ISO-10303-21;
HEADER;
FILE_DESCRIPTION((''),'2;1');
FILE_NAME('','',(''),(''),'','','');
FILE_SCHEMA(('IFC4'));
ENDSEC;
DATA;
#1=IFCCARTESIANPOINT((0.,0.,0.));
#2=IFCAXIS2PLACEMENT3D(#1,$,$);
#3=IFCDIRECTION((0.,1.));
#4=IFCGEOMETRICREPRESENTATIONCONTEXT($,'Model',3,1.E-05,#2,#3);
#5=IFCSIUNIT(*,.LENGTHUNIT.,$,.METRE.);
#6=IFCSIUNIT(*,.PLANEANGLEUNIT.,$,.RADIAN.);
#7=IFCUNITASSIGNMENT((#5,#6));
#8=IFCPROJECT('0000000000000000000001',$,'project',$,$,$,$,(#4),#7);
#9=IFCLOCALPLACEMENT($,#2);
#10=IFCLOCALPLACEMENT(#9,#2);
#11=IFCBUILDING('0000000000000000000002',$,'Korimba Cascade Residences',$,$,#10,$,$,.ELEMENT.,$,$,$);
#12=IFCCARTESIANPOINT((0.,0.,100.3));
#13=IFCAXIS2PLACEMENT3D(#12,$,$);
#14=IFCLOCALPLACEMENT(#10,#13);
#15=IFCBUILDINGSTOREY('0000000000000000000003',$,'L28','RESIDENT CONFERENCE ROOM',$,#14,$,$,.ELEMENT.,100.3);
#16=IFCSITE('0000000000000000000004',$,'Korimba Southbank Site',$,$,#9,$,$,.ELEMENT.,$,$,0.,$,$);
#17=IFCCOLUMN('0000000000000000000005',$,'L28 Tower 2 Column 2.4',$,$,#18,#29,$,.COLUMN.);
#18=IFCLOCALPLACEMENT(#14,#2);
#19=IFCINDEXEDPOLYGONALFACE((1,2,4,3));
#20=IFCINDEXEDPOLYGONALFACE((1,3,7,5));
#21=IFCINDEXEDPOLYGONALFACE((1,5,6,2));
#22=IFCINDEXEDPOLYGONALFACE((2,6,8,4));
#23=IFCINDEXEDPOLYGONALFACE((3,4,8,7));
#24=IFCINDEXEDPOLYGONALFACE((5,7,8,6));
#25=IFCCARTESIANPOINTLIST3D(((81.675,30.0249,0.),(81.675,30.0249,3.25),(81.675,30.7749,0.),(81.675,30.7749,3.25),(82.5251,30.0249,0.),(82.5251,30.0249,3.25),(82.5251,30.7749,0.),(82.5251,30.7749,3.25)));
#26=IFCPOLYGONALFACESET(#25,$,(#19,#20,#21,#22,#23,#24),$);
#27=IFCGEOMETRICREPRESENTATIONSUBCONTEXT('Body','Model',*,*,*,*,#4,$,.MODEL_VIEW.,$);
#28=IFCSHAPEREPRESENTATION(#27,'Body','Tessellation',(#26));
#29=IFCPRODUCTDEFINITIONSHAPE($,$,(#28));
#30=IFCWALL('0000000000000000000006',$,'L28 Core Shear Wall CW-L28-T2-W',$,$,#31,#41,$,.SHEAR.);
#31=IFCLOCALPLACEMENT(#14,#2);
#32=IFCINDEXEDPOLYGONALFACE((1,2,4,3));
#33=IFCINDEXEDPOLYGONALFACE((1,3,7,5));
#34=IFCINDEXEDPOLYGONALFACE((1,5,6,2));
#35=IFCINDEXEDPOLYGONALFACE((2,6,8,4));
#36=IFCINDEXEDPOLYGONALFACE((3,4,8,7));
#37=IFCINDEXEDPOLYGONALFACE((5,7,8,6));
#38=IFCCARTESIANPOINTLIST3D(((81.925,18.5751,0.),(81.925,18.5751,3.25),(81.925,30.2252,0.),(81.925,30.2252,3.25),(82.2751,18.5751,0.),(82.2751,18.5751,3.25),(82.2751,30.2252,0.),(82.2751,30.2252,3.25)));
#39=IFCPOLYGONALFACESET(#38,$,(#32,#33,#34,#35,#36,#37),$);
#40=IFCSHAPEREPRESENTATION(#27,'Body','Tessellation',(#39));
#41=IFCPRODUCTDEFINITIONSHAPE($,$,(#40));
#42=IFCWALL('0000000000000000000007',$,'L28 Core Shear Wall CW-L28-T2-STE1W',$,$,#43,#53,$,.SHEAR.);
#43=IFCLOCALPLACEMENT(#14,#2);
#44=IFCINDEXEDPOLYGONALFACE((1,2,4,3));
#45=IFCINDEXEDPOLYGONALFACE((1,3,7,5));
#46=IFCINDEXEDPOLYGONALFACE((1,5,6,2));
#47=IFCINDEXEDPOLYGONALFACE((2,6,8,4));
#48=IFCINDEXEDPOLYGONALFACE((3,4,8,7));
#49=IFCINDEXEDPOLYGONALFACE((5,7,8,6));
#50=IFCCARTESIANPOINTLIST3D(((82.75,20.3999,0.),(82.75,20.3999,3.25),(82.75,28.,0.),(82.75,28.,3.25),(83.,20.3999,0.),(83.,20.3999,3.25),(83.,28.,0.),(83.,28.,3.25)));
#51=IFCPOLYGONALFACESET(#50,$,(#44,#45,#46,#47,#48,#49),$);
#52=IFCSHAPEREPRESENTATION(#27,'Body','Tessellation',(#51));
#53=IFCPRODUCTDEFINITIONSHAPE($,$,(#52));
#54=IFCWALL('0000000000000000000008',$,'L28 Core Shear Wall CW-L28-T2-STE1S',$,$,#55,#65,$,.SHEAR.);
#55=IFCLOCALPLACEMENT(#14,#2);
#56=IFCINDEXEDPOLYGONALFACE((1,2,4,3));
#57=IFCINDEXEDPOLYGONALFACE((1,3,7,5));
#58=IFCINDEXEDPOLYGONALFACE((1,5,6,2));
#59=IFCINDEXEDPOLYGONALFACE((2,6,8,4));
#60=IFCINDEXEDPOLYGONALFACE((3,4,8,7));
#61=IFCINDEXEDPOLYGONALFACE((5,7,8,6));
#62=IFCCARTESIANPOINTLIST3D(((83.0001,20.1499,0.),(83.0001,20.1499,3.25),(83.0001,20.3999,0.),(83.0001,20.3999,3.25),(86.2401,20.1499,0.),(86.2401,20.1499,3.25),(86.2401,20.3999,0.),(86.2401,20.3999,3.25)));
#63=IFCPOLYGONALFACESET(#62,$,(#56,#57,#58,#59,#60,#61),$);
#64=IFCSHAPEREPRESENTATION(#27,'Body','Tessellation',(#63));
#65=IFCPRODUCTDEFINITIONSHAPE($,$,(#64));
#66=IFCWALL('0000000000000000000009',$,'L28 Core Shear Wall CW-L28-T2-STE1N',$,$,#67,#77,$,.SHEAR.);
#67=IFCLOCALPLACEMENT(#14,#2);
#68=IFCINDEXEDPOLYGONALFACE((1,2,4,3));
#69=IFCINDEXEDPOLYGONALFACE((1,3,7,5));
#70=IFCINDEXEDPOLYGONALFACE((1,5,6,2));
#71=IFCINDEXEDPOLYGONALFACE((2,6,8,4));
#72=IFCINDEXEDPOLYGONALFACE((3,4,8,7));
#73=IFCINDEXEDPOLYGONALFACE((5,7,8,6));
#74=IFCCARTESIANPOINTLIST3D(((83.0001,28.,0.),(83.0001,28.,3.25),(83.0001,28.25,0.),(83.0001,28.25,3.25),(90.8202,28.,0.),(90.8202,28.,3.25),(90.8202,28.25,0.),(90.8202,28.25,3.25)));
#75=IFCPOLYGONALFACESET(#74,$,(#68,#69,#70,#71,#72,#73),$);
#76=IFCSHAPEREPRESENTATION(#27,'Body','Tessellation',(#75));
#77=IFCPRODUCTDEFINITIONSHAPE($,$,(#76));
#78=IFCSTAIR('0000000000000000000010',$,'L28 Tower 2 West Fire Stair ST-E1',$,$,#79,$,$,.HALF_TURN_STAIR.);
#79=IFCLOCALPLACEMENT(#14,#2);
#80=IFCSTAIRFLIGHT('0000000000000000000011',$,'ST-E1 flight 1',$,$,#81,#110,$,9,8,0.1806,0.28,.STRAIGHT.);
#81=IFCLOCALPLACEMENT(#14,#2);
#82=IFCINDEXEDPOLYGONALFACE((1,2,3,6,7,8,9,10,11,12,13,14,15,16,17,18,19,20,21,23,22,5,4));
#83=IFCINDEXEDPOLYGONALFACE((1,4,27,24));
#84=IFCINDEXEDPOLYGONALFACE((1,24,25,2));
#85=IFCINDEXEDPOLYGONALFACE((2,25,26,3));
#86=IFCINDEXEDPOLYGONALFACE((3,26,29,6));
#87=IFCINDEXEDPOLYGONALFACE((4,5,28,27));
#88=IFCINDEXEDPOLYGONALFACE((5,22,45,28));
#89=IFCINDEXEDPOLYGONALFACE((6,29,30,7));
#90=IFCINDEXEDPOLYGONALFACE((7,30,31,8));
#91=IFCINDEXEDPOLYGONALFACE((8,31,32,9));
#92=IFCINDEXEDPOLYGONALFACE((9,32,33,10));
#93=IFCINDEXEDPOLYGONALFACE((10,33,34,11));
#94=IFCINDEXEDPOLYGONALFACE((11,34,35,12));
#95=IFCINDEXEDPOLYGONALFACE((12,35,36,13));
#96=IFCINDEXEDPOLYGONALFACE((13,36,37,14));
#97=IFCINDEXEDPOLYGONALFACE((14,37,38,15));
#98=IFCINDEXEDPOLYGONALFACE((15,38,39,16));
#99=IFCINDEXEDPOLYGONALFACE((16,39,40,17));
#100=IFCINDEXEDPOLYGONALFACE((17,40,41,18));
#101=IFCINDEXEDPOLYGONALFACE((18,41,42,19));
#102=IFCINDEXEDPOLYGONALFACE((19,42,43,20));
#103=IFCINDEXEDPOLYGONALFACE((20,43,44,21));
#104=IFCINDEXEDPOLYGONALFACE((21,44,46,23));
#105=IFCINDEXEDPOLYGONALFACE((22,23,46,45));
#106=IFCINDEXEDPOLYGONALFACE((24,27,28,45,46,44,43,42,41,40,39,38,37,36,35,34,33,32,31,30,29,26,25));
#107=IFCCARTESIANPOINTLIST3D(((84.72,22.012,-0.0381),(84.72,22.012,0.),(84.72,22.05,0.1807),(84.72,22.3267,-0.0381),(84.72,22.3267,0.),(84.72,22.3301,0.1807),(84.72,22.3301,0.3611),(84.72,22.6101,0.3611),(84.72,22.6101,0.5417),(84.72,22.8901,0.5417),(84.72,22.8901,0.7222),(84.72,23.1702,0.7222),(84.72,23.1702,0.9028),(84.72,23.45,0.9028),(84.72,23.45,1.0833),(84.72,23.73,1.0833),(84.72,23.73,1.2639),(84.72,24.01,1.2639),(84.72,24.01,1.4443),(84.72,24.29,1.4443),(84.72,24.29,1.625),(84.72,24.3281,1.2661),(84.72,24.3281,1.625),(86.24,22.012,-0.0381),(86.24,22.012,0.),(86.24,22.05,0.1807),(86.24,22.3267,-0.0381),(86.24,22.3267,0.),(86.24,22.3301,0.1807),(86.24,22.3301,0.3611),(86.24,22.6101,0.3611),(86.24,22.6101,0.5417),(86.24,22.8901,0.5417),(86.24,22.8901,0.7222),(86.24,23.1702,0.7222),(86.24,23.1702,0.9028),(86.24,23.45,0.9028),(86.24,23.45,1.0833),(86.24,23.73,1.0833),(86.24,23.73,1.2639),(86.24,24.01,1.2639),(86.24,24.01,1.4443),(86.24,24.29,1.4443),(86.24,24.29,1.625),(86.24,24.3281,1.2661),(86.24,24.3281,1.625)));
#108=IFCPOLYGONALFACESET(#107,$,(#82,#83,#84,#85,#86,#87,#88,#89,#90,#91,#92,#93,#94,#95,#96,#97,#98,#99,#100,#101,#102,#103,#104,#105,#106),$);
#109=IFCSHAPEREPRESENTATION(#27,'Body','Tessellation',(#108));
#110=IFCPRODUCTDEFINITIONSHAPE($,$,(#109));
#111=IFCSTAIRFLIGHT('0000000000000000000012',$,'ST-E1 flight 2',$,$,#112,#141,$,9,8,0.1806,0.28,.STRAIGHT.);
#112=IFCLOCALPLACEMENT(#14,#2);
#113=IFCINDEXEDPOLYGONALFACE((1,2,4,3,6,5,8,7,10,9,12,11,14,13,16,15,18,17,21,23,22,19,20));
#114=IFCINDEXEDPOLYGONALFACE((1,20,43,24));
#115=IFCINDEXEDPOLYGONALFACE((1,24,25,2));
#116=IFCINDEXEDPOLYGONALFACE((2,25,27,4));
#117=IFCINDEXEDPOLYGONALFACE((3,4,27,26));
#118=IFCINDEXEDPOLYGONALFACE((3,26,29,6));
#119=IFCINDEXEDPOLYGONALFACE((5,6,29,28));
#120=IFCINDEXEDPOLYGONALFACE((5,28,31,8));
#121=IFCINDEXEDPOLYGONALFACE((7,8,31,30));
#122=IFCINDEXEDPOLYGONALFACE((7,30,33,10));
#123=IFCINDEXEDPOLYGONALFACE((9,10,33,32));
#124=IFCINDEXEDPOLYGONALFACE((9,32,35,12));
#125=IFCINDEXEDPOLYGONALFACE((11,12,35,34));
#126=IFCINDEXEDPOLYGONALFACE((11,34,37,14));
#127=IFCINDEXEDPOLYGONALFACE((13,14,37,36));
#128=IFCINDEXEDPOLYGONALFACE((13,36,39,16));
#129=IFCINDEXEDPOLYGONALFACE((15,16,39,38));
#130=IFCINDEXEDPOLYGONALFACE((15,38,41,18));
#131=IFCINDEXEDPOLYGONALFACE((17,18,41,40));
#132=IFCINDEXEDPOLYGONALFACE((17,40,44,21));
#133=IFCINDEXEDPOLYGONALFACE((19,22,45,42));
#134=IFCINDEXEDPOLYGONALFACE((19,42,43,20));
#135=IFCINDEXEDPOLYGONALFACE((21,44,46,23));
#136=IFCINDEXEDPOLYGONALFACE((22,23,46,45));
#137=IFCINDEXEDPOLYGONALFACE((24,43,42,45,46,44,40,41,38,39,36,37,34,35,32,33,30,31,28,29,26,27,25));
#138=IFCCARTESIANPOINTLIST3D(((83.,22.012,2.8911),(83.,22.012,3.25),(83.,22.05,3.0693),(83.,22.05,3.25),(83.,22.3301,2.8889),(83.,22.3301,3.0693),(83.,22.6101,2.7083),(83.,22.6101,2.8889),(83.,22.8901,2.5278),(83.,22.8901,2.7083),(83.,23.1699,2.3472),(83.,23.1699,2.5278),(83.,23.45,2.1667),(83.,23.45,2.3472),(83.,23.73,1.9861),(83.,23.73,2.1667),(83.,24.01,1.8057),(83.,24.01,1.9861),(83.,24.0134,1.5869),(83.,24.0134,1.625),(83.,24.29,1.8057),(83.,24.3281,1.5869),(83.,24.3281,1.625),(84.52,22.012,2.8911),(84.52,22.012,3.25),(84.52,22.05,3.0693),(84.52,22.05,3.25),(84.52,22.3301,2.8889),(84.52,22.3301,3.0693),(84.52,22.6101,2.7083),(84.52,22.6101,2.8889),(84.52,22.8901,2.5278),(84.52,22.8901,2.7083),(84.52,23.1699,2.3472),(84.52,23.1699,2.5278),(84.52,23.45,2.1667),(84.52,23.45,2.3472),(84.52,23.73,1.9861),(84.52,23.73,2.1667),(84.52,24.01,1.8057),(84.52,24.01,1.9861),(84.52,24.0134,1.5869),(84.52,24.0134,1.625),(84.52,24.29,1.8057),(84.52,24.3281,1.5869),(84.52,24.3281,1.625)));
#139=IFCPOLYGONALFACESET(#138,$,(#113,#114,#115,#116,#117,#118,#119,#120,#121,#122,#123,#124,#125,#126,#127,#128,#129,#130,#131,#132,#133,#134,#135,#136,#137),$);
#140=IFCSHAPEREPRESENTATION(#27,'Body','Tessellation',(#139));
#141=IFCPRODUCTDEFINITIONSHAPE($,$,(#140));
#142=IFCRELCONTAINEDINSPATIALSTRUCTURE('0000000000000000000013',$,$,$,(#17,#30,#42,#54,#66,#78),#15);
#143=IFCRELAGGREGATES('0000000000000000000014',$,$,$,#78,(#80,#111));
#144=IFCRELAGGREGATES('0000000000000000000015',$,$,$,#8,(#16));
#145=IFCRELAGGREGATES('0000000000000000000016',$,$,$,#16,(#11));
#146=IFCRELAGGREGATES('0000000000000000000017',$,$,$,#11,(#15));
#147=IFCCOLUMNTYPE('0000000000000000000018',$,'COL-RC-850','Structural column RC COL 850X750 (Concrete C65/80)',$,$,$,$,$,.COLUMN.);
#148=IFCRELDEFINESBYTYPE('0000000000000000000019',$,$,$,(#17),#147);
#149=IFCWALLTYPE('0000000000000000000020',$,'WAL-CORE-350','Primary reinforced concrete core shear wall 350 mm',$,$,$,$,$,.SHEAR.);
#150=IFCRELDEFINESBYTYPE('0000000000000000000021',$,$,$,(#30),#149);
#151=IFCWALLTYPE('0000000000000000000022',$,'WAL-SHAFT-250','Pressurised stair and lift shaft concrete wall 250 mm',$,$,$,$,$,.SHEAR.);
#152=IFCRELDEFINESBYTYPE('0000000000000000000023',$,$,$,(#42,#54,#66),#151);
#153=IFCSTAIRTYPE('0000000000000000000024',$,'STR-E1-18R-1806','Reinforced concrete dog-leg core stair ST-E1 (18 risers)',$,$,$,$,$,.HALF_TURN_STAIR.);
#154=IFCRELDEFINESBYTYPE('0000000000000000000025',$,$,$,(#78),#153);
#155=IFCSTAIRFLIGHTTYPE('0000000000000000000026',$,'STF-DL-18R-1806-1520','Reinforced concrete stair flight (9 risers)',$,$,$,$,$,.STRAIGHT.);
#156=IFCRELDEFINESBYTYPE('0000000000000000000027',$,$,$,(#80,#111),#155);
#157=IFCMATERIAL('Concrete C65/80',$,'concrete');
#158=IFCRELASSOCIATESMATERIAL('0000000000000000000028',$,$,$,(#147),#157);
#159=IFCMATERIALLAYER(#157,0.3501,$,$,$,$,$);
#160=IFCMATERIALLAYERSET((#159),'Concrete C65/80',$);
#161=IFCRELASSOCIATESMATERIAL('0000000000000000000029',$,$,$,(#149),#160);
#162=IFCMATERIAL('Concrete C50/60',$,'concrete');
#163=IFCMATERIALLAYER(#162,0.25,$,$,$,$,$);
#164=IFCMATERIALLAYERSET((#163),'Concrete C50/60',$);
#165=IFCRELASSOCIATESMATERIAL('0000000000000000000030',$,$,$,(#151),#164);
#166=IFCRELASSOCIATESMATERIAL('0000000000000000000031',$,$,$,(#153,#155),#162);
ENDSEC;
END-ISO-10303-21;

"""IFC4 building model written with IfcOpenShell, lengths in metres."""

from ifc_helpers import new_model, si_unit, direction, frame, frame_2d, origin, origin_2d, place, context, subcontext, project, spatial, polyline, rectangle, outline, extrude, material, layer, layer_set, material_profile, profile_set, type_object, element, aggregate, save


model = new_model("IFC4")

# Units and contexts
model_context = context("Model", 3, precision=1e-05, world=origin(), true_north=direction((0.0, 1.0)))
body_context = subcontext(model_context, "Body", "Model", "MODEL_VIEW")
ifc_project = project(units=[si_unit("LENGTHUNIT", "METRE"), si_unit("PLANEANGLEUNIT", "RADIAN")], contexts=[model_context])

# Site, building, storey
site_placement = place(None, origin())
site = spatial("IfcSite", under=ifc_project, at=site_placement, Name="Korimba Southbank Site", CompositionType="ELEMENT", RefElevation=0.0)
building_placement = place(site_placement, origin())
building = spatial("IfcBuilding", under=site, at=building_placement, Name="Korimba Cascade Residences", CompositionType="ELEMENT")
storey_placement = place(building_placement, frame((0.0, 0.0, 100.3)))
storey = spatial("IfcBuildingStorey", under=building, at=storey_placement, Name="L28", Description="RESIDENT CONFERENCE ROOM", CompositionType="ELEMENT", Elevation=100.3)

# Column
ifc_material_1 = material(Name="Concrete C65/80", Category="concrete")
ifc_material_profile = material_profile(ifc_material_1, rectangle(XDim=0.8501, YDim=0.75, at=origin_2d()), Name="Concrete C65/80")
ifc_profile_set = profile_set([ifc_material_profile], Name="Concrete C65/80")
column_type = type_object("IfcColumnType", Name="COL-RC-850", Description="Structural column RC COL 850X750 (Concrete C65/80)", PredefinedType="COLUMN", material=ifc_profile_set)
column_placement = place(storey_placement, frame((82.1001, 30.3999, 0.0), z_axis=(0.0, 0.0, 1.0), x_axis=(1.0, 0.0, 0.0)))
element("IfcColumn", 1, at=column_placement, inside=storey, type_object=column_type, Name="L28 Tower 2 Column 2.4", PredefinedType="COLUMN", context=body_context, shape_type="SweptSolid", body=[
    extrude(rectangle(XDim=0.8501, YDim=0.75, at=origin_2d()), origin(), (0.0, 0.0, 1.0), 3.25),
])

# Walls
ifc_layer_1 = layer(ifc_material_1, 0.3501)
ifc_layer_set_1 = layer_set([ifc_layer_1], Name="Concrete C65/80")
wall_type_1 = type_object("IfcWallType", Name="WAL-CORE-350", Description="Primary reinforced concrete core shear wall 350 mm", PredefinedType="SHEAR", material=ifc_layer_set_1)
wall_1_placement = place(storey_placement, frame((82.1001, 18.575, 0.0), z_axis=(0.0, 0.0, 1.0), x_axis=(0.0, 1.0, 0.0)))
element("IfcWall", 2, at=wall_1_placement, inside=storey, type_object=wall_type_1, Name="L28 Core Shear Wall CW-L28-T2-W", PredefinedType="SHEAR", context=body_context, shape_type="SweptSolid", body=[
    extrude(rectangle(XDim=11.6501, YDim=0.3501, at=frame_2d((5.8252, 0.0))), origin(), (0.0, 0.0, 1.0), 3.25),
])
ifc_material_2 = material(Name="Concrete C50/60", Category="concrete")
ifc_layer_2 = layer(ifc_material_2, 0.25)
ifc_layer_set_2 = layer_set([ifc_layer_2], Name="Concrete C50/60")
wall_type_2 = type_object("IfcWallType", Name="WAL-SHAFT-250", Description="Pressurised stair and lift shaft concrete wall 250 mm", PredefinedType="SHEAR", material=ifc_layer_set_2)
wall_2_placement = place(storey_placement, frame((82.875, 20.3999, 0.0), z_axis=(0.0, 0.0, 1.0), x_axis=(0.0, 1.0, 0.0)))
element("IfcWall", 3, at=wall_2_placement, inside=storey, type_object=wall_type_2, Name="L28 Core Shear Wall CW-L28-T2-STE1W", PredefinedType="SHEAR", context=body_context, shape_type="SweptSolid", body=[
    extrude(rectangle(XDim=7.6001, YDim=0.25, at=frame_2d((3.8, 0.0))), origin(), (0.0, 0.0, 1.0), 3.25),
])
wall_3_placement = place(storey_placement, frame((83.0, 20.2749, 0.0), z_axis=(0.0, 0.0, 1.0), x_axis=(1.0, 0.0, 0.0)))
element("IfcWall", 4, at=wall_3_placement, inside=storey, type_object=wall_type_2, Name="L28 Core Shear Wall CW-L28-T2-STE1S", PredefinedType="SHEAR", context=body_context, shape_type="SweptSolid", body=[
    extrude(rectangle(XDim=3.24, YDim=0.25, at=frame_2d((1.6201, 0.0))), origin(), (0.0, 0.0, 1.0), 3.25),
])
wall_4_placement = place(storey_placement, frame((83.0, 28.125, 0.0), z_axis=(0.0, 0.0, 1.0), x_axis=(1.0, 0.0, 0.0)))
element("IfcWall", 5, at=wall_4_placement, inside=storey, type_object=wall_type_2, Name="L28 Core Shear Wall CW-L28-T2-STE1N", PredefinedType="SHEAR", context=body_context, shape_type="SweptSolid", body=[
    extrude(rectangle(XDim=7.8201, YDim=0.25, at=frame_2d((3.9102, 0.0))), origin(), (0.0, 0.0, 1.0), 3.25),
])

# Stair, stair flights
stair_type = type_object("IfcStairType", Name="STR-E1-18R-1806", Description="Reinforced concrete dog-leg core stair ST-E1 (18 risers)", PredefinedType="HALF_TURN_STAIR", material=ifc_material_2)
stair_placement = place(storey_placement, origin())
stair = element("IfcStair", 6, at=stair_placement, inside=storey, type_object=stair_type, Name="L28 Tower 2 West Fire Stair ST-E1", PredefinedType="HALF_TURN_STAIR")
stair_flight_type = type_object("IfcStairFlightType", Name="STF-DL-18R-1806-1520", Description="Reinforced concrete stair flight (9 risers)", PredefinedType="STRAIGHT", material=ifc_material_2)
stair_flight_1_placement = place(storey_placement, frame((85.48, 22.05, 0.0), z_axis=(0.0, 0.0, 1.0), x_axis=(0.0, 1.0, 0.0)))
stair_flight_1 = element("IfcStairFlight", 7, at=stair_flight_1_placement, type_object=stair_flight_type, Name="ST-E1 flight 1", NumberOfRisers=9, NumberOfTreads=8, PredefinedType="STRAIGHT", RiserHeight=0.1806, TreadLength=0.28, context=body_context, shape_type="SweptSolid", body=[
    extrude(outline(polyline([(-0.0381, 0.0), (0.0, 0.1807), (0.28, 0.1807), (0.28, 0.3611), (0.5601, 0.3611), (0.5601, 0.5417), (0.8401, 0.5417), (0.8401, 0.7222), (1.1201, 0.7222), (1.1201, 0.9028), (1.3999, 0.9028), (1.3999, 1.0833), (1.6799, 1.0833), (1.6799, 1.2639), (1.96, 1.2639), (1.96, 1.4443), (2.24, 1.4443), (2.24, 1.625), (2.2781, 1.625), (2.2781, 1.2661), (0.2766, 0.0), (0.2766, -0.0381), (-0.0381, -0.0381), (-0.0381, 0.0)])), frame((0.0, 0.76, 0.0), z_axis=(0.0, -1.0, 0.0), x_axis=(1.0, 0.0, 0.0)), (0.0, 0.0, 1.0), 1.52),
])
stair_flight_2_placement = place(storey_placement, frame((83.76, 24.29, 1.625), z_axis=(0.0, 0.0, 1.0), x_axis=(0.0, -1.0, 0.0)))
stair_flight_2 = element("IfcStairFlight", 8, at=stair_flight_2_placement, type_object=stair_flight_type, Name="ST-E1 flight 2", NumberOfRisers=9, NumberOfTreads=8, PredefinedType="STRAIGHT", RiserHeight=0.1806, TreadLength=0.28, context=body_context, shape_type="SweptSolid", body=[
    extrude(outline(polyline([(-0.0381, 0.0), (0.0, 0.1807), (0.28, 0.1807), (0.28, 0.3611), (0.5601, 0.3611), (0.5601, 0.5417), (0.8401, 0.5417), (0.8401, 0.7222), (1.1201, 0.7222), (1.1201, 0.9028), (1.3999, 0.9028), (1.3999, 1.0833), (1.6799, 1.0833), (1.6799, 1.2639), (1.96, 1.2639), (1.96, 1.4443), (2.24, 1.4443), (2.24, 1.625), (2.2781, 1.625), (2.2781, 1.2661), (0.2766, 0.0), (0.2766, -0.0381), (-0.0381, -0.0381), (-0.0381, 0.0)])), frame((0.0, 0.76, 0.0), z_axis=(0.0, -1.0, 0.0), x_axis=(1.0, 0.0, 0.0)), (0.0, 0.0, 1.0), 1.52),
])
aggregate(stair, [stair_flight_1, stair_flight_2])

save(model, "model.ifc")
